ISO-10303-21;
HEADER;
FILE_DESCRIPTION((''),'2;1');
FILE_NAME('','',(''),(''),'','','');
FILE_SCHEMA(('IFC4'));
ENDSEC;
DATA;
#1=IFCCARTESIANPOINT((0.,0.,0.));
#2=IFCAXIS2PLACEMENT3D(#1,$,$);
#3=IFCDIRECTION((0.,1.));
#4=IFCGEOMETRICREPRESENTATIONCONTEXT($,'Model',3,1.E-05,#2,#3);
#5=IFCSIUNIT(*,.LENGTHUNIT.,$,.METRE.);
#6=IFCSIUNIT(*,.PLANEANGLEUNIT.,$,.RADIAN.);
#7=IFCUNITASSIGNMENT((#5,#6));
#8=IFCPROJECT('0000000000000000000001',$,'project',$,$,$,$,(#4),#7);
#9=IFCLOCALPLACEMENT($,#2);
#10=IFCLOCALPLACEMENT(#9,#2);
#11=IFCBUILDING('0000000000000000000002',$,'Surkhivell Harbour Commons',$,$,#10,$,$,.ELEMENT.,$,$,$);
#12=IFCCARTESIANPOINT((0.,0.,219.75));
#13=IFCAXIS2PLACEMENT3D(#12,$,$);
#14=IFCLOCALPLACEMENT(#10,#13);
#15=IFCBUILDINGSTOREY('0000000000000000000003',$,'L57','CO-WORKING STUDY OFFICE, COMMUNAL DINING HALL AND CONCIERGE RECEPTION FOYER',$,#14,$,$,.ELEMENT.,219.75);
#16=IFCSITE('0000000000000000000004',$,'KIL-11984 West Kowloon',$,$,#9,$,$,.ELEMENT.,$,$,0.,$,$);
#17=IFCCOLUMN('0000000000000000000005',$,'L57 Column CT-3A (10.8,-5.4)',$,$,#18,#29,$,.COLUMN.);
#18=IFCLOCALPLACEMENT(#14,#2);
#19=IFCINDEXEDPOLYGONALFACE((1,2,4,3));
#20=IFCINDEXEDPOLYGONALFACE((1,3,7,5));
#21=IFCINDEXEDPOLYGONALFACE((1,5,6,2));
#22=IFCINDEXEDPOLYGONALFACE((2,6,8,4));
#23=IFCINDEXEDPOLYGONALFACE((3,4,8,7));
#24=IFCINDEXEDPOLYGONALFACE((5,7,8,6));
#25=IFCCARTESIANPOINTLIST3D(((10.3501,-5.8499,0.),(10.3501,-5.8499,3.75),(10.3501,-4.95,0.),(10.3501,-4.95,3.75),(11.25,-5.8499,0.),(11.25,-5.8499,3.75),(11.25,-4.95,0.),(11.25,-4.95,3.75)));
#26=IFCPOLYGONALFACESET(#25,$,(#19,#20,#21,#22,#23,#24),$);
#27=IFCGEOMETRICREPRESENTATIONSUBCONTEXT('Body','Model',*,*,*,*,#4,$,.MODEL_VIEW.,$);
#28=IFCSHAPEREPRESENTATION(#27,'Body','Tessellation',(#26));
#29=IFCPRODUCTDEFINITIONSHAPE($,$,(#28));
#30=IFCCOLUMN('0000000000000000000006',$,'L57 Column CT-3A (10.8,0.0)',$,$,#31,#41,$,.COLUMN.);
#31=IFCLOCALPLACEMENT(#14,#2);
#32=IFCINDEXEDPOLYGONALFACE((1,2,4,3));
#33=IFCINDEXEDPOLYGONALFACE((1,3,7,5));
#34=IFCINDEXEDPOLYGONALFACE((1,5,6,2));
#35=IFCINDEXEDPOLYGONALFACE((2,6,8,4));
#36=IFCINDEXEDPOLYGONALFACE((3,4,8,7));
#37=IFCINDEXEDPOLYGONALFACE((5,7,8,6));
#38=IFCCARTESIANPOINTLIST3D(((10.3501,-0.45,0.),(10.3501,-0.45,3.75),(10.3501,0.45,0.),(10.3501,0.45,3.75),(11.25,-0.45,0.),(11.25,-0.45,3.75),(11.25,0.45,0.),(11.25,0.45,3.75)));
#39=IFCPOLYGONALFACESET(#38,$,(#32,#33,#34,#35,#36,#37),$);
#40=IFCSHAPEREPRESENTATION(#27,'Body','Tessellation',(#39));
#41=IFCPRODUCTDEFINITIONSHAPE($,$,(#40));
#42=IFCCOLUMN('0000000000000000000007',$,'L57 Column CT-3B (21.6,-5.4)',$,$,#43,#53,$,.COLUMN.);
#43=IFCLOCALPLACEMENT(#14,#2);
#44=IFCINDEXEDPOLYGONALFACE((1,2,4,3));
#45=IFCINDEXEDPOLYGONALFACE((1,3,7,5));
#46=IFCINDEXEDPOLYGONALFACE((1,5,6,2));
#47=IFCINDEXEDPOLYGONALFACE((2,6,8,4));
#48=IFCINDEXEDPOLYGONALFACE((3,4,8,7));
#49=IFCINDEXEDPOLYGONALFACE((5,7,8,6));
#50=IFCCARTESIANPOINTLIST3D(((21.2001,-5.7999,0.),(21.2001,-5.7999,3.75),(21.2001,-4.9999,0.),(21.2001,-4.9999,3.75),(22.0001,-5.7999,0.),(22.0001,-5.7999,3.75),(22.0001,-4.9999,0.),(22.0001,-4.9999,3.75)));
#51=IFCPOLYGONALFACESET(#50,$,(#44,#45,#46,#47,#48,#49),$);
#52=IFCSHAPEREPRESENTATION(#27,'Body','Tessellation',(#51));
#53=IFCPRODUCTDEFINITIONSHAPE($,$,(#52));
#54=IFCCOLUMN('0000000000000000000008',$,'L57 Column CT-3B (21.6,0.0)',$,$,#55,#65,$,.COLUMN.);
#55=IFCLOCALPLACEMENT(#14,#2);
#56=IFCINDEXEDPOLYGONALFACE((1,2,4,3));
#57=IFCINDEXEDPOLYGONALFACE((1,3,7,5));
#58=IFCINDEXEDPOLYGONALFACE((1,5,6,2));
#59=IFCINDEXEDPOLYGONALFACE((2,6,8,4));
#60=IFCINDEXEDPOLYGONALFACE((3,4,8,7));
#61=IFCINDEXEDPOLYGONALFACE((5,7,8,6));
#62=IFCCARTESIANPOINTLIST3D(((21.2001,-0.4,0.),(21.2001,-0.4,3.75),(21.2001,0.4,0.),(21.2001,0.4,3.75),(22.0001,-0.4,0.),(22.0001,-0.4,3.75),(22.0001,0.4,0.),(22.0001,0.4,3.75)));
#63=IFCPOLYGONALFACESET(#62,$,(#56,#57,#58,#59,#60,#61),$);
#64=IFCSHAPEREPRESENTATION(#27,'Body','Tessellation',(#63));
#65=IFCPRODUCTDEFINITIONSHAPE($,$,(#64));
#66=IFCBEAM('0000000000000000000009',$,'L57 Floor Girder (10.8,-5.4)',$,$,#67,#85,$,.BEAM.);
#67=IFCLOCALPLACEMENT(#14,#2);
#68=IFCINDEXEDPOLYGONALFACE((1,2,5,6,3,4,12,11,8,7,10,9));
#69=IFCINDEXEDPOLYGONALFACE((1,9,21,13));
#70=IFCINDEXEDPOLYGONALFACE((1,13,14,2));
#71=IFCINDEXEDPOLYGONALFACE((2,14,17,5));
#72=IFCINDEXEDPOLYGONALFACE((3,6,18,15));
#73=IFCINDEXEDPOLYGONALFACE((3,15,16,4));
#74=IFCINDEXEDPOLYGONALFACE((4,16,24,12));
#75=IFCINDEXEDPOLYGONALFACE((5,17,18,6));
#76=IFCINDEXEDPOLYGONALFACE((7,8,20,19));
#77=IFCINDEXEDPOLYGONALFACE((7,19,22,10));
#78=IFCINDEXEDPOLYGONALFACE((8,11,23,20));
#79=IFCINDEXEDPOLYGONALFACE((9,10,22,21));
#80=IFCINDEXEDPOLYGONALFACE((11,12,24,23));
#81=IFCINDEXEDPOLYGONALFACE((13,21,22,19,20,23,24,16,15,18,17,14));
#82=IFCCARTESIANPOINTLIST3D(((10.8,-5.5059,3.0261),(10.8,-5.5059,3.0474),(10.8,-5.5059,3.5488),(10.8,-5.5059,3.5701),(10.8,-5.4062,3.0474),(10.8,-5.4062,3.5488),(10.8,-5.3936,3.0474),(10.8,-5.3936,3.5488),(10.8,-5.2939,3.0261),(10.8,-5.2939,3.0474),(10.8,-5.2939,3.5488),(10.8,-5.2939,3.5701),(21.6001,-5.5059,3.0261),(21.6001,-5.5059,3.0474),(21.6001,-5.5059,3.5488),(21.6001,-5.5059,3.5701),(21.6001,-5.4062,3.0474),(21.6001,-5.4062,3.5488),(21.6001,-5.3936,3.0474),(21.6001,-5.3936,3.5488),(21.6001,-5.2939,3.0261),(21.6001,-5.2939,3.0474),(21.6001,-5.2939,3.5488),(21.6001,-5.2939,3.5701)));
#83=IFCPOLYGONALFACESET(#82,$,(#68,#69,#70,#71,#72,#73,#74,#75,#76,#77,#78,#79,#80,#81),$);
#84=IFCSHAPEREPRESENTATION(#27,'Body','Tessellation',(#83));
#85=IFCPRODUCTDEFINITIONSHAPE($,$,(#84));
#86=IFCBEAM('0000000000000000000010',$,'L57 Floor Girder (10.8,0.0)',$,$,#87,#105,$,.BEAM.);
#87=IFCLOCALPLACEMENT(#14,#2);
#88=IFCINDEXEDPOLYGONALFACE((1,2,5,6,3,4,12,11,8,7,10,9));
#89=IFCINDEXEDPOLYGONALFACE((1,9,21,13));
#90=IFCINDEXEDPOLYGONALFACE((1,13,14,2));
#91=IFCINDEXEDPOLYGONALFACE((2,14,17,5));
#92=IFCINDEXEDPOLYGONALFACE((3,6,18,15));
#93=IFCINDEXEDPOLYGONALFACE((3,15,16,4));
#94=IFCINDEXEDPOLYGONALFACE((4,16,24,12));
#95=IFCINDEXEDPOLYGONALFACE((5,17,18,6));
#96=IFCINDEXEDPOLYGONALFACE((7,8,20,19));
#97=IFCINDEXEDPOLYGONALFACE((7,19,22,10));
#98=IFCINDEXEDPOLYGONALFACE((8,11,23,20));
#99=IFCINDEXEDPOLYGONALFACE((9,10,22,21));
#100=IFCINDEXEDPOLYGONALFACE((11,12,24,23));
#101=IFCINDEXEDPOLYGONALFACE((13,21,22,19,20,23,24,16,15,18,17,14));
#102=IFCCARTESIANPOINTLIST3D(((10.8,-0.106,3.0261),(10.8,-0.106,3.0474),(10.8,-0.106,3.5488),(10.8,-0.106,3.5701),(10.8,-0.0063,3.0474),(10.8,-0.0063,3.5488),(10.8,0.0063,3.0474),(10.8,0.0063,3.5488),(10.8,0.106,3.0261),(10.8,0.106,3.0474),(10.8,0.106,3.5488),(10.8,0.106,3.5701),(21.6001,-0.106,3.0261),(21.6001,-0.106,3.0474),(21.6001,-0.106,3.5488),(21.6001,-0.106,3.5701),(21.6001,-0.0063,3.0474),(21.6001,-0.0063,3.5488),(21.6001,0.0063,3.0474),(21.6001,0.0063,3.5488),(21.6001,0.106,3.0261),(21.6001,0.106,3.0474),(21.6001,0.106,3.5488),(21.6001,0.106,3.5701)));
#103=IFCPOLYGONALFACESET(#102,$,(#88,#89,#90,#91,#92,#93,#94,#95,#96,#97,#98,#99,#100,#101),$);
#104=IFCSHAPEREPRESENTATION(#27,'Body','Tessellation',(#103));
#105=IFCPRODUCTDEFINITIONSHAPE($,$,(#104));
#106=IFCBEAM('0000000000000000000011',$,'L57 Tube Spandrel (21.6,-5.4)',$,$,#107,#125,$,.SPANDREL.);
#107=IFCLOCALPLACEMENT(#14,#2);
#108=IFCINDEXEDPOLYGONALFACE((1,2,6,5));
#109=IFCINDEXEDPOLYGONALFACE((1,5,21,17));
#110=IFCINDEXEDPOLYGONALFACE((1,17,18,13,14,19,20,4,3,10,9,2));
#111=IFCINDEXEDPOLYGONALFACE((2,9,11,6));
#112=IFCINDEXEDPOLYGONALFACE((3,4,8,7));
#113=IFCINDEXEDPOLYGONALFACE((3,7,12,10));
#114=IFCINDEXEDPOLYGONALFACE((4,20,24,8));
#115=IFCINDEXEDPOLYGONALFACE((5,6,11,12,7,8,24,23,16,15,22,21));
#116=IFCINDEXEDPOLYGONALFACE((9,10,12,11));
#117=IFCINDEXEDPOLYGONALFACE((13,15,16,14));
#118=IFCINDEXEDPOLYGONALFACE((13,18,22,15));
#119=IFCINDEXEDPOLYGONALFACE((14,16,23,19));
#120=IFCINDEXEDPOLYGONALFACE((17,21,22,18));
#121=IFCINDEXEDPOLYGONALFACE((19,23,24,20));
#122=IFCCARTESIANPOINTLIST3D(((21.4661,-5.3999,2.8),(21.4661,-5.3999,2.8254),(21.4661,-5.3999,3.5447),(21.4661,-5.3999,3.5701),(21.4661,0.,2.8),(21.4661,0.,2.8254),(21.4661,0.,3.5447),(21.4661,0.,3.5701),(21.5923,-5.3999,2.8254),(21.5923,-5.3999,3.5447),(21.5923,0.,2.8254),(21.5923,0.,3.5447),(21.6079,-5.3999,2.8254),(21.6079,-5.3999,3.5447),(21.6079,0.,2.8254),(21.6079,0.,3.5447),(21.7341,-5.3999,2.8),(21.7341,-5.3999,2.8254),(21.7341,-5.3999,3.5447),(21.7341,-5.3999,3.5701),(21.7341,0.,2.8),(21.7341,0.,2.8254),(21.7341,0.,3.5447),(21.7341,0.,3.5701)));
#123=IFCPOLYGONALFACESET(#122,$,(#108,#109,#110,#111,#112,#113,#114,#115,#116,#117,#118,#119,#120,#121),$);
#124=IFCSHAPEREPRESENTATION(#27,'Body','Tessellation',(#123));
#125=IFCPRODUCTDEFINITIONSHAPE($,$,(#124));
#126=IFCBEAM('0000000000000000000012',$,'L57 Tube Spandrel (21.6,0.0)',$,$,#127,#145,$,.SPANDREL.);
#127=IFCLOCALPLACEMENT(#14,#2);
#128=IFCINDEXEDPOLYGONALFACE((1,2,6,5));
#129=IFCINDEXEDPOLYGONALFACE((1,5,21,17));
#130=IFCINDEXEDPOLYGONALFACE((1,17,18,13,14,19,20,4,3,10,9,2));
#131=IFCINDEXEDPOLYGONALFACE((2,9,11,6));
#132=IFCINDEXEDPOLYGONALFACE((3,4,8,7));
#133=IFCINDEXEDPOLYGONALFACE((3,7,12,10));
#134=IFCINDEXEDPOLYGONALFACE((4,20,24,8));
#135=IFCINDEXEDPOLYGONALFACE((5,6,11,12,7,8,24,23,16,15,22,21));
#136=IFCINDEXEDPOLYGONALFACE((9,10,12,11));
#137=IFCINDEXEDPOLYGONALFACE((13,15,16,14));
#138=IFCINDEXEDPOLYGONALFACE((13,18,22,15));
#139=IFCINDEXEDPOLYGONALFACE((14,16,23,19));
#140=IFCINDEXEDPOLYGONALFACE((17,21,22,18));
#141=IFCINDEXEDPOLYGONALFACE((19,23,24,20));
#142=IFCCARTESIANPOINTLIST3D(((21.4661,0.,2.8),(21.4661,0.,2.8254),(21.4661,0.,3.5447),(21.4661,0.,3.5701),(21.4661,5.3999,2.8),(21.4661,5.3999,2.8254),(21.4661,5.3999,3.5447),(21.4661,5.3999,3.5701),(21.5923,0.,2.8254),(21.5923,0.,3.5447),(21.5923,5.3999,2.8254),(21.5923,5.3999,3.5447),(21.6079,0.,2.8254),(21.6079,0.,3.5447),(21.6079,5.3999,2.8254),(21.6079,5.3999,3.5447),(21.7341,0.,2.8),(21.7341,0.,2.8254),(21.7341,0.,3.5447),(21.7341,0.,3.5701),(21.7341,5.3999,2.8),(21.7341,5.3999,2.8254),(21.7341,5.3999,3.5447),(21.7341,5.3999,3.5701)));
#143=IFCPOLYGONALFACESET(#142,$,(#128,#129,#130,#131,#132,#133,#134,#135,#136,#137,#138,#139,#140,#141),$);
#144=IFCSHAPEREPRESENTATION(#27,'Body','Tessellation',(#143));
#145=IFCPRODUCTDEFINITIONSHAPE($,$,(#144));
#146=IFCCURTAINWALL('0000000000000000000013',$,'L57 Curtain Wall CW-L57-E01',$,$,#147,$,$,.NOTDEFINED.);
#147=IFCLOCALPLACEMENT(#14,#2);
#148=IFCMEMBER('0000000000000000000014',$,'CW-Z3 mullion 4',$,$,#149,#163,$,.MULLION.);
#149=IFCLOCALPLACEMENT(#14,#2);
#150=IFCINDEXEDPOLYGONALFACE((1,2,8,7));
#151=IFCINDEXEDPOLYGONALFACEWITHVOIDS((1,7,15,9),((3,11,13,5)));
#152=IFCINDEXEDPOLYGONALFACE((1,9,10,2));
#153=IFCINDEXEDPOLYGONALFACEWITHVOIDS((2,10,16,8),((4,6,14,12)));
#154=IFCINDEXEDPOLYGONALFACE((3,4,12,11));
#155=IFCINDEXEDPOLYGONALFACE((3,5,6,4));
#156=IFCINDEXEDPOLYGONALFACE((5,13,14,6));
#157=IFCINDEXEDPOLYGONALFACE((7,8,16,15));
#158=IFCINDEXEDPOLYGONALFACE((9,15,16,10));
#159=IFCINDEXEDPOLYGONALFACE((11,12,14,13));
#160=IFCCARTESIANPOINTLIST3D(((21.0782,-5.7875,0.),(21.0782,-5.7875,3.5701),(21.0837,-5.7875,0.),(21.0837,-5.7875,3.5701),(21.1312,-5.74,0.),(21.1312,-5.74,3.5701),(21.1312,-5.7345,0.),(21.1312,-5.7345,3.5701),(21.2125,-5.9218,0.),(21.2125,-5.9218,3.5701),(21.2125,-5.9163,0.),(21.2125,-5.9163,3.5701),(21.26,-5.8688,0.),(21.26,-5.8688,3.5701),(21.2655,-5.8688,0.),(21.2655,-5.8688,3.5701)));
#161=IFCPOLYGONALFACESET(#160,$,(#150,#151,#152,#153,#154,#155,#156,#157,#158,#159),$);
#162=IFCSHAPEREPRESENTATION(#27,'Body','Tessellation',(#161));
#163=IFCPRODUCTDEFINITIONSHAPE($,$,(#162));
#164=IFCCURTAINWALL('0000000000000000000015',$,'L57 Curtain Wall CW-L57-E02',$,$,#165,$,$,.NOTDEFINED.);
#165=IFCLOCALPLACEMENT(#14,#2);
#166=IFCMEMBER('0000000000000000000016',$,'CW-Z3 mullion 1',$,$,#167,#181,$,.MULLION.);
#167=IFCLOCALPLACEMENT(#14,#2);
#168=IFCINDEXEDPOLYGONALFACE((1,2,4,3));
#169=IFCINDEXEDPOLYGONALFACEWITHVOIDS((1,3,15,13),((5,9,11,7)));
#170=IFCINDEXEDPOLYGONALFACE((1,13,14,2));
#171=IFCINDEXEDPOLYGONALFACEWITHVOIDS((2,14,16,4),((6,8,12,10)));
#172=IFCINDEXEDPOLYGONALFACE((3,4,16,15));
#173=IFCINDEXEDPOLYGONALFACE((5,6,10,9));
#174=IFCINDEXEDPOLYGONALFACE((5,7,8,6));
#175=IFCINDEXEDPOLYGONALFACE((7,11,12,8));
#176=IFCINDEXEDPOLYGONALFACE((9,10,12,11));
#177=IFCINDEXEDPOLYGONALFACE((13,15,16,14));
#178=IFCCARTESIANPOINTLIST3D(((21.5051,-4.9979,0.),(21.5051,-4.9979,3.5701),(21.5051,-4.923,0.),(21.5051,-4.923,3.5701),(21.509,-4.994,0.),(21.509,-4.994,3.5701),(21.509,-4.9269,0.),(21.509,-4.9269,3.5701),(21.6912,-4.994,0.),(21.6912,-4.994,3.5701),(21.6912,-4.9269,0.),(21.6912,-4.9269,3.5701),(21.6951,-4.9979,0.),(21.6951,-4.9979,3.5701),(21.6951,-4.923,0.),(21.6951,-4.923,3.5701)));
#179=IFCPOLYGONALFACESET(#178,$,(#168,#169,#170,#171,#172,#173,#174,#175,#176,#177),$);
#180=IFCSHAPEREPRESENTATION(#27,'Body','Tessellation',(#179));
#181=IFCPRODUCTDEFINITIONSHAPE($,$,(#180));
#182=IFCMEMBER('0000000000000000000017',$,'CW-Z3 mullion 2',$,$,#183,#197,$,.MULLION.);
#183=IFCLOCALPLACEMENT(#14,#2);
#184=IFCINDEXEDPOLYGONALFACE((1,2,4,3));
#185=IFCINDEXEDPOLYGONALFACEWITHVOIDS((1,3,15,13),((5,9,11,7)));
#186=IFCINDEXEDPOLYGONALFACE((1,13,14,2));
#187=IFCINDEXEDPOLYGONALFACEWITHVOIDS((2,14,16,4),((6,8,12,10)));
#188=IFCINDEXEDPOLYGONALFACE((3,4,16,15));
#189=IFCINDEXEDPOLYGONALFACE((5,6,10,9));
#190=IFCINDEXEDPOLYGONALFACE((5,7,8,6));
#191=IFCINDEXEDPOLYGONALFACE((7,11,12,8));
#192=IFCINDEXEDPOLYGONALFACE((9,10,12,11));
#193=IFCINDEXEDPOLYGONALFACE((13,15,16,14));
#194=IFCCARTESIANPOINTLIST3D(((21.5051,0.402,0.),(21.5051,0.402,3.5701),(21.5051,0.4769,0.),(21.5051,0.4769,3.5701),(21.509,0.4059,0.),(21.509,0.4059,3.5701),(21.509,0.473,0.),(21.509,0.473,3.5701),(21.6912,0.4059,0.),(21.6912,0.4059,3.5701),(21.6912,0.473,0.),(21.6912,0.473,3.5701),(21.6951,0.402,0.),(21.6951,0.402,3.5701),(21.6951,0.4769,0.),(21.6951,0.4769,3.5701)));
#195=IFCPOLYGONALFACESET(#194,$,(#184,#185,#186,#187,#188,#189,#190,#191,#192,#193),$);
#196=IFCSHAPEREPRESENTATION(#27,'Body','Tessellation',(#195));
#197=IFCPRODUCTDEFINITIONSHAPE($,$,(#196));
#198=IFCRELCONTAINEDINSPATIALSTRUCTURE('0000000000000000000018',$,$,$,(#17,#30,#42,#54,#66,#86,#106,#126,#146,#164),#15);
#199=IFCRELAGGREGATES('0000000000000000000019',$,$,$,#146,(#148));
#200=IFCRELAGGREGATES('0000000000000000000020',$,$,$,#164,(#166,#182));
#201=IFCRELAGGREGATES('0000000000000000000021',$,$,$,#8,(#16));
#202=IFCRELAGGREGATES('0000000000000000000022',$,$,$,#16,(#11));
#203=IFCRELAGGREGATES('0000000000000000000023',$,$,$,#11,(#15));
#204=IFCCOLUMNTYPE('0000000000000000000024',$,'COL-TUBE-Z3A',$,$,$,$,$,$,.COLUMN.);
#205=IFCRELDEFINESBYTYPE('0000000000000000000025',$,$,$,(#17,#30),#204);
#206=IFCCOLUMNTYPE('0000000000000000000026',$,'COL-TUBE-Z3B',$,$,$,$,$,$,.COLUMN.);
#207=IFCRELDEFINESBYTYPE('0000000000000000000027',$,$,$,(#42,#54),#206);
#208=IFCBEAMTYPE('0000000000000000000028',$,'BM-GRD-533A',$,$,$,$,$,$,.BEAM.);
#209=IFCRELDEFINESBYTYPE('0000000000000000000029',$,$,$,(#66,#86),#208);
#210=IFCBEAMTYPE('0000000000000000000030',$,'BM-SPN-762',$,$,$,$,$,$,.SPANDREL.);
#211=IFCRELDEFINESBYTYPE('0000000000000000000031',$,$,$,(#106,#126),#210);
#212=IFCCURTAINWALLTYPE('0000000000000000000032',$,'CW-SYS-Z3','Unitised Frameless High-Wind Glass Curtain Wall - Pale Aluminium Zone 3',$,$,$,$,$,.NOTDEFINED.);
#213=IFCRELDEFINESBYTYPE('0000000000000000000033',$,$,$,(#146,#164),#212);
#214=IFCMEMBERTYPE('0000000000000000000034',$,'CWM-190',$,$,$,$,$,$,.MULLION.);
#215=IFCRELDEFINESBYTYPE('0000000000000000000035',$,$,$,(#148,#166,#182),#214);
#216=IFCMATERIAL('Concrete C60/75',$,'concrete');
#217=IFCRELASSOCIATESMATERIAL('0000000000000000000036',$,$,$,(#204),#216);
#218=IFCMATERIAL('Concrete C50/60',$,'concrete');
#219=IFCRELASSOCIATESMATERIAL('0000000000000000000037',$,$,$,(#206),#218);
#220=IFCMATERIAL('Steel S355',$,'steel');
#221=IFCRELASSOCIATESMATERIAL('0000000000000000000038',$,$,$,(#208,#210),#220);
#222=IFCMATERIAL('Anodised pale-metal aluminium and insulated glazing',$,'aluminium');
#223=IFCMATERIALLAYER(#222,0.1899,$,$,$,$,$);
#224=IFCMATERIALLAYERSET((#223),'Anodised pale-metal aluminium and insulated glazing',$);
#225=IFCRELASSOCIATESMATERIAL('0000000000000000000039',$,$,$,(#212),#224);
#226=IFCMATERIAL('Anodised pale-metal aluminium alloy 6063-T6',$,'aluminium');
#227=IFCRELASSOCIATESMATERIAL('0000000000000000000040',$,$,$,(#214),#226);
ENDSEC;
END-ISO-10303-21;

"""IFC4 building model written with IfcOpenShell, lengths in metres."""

from ifc_helpers import new_model, si_unit, direction, frame, origin, origin_2d, place, context, subcontext, project, spatial, rectangle, hollow_rectangle, i_section, extrude, material, layer, layer_set, material_profile, profile_set, type_object, element, aggregate, save


model = new_model("IFC4")

# Units and contexts
model_context = context("Model", 3, precision=1e-05, world=origin(), true_north=direction((0.0, 1.0)))
body_context = subcontext(model_context, "Body", "Model", "MODEL_VIEW")
ifc_project = project(units=[si_unit("LENGTHUNIT", "METRE"), si_unit("PLANEANGLEUNIT", "RADIAN")], contexts=[model_context])

# Site, building, storey
site_placement = place(None, origin())
site = spatial("IfcSite", under=ifc_project, at=site_placement, Name="KIL-11984 West Kowloon", CompositionType="ELEMENT", RefElevation=0.0)
building_placement = place(site_placement, origin())
building = spatial("IfcBuilding", under=site, at=building_placement, Name="Surkhivell Harbour Commons", CompositionType="ELEMENT")
storey_placement = place(building_placement, frame((0.0, 0.0, 219.75)))
storey = spatial("IfcBuildingStorey", under=building, at=storey_placement, Name="L57", Description="CO-WORKING STUDY OFFICE, COMMUNAL DINING HALL AND CONCIERGE RECEPTION FOYER", CompositionType="ELEMENT", Elevation=219.75)

# Columns
ifc_material_1 = material(Name="Concrete C60/75", Category="concrete")
ifc_material_profile_1 = material_profile(ifc_material_1, rectangle(XDim=0.8999, YDim=0.8999, at=origin_2d()), Name="RC-COL-900x900")
ifc_profile_set_1 = profile_set([ifc_material_profile_1], Name="Concrete C60/75")
column_type_1 = type_object("IfcColumnType", Name="COL-TUBE-Z3A", PredefinedType="COLUMN", material=ifc_profile_set_1)
for number, where, z_axis, x_axis, name in (
    (1, (10.8, -5.3999, 0.0), (0.0, 0.0, 1.0), (1.0, 0.0, 0.0), "L57 Column CT-3A (10.8,-5.4)"),
    (2, (10.8, 0.0, 0.0), (0.0, 0.0, 1.0), (1.0, 0.0, 0.0), "L57 Column CT-3A (10.8,0.0)"),
):
    element("IfcColumn", number, at=place(storey_placement, frame(where, z_axis=z_axis, x_axis=x_axis)), inside=storey, type_object=column_type_1, Name=name, PredefinedType="COLUMN", context=body_context, shape_type="SweptSolid", body=[
        extrude(rectangle(XDim=0.8999, YDim=0.8999, at=origin_2d()), origin(), (0.0, 0.0, 1.0), 3.75),
    ])
ifc_material_2 = material(Name="Concrete C50/60", Category="concrete")
ifc_material_profile_2 = material_profile(ifc_material_2, rectangle(XDim=0.8, YDim=0.8, at=origin_2d()), Name="RC-COL-800x800")
ifc_profile_set_2 = profile_set([ifc_material_profile_2], Name="Concrete C50/60")
column_type_2 = type_object("IfcColumnType", Name="COL-TUBE-Z3B", PredefinedType="COLUMN", material=ifc_profile_set_2)
for number, where, z_axis, x_axis, name in (
    (3, (21.6001, -5.3999, 0.0), (0.0, 0.0, 1.0), (1.0, 0.0, 0.0), "L57 Column CT-3B (21.6,-5.4)"),
    (4, (21.6001, 0.0, 0.0), (0.0, 0.0, 1.0), (1.0, 0.0, 0.0), "L57 Column CT-3B (21.6,0.0)"),
):
    element("IfcColumn", number, at=place(storey_placement, frame(where, z_axis=z_axis, x_axis=x_axis)), inside=storey, type_object=column_type_2, Name=name, PredefinedType="COLUMN", context=body_context, shape_type="SweptSolid", body=[
        extrude(rectangle(XDim=0.8, YDim=0.8, at=origin_2d()), origin(), (0.0, 0.0, 1.0), 3.75),
    ])

# Beams
ifc_material_3 = material(Name="Steel S355", Category="steel")
ifc_material_profile_3 = material_profile(ifc_material_3, i_section(OverallWidth=0.2119, OverallDepth=0.5439, WebThickness=0.0127, FlangeThickness=0.0212, at=origin_2d()), Name="UB533x210x122")
ifc_profile_set_3 = profile_set([ifc_material_profile_3], Name="Steel S355")
beam_type_1 = type_object("IfcBeamType", Name="BM-GRD-533A", PredefinedType="BEAM", material=ifc_profile_set_3)
for number, where, z_axis, x_axis, name in (
    (5, (10.8, -5.3999, 3.2981), (1.0, 0.0, 0.0), (0.0, 1.0, 0.0), "L57 Floor Girder (10.8,-5.4)"),
    (6, (10.8, 0.0, 3.2981), (1.0, 0.0, 0.0), (0.0, 1.0, 0.0), "L57 Floor Girder (10.8,0.0)"),
):
    element("IfcBeam", number, at=place(storey_placement, frame(where, z_axis=z_axis, x_axis=x_axis)), inside=storey, type_object=beam_type_1, Name=name, PredefinedType="BEAM", context=body_context, shape_type="SweptSolid", body=[
        extrude(i_section(OverallWidth=0.2119, OverallDepth=0.5439, WebThickness=0.0127, FlangeThickness=0.0212, at=origin_2d()), origin(), (0.0, 0.0, 1.0), 10.8),
    ])
ifc_material_profile_4 = material_profile(ifc_material_3, i_section(OverallWidth=0.2681, OverallDepth=0.77, WebThickness=0.0156, FlangeThickness=0.0254, at=origin_2d()), Name="UB762x267x197")
ifc_profile_set_4 = profile_set([ifc_material_profile_4], Name="Steel S355")
beam_type_2 = type_object("IfcBeamType", Name="BM-SPN-762", PredefinedType="SPANDREL", material=ifc_profile_set_4)
for number, where, z_axis, x_axis, name in (
    (7, (21.6001, -5.3999, 3.1851), (0.0, 1.0, 0.0), (-1.0, 0.0, 0.0), "L57 Tube Spandrel (21.6,-5.4)"),
    (8, (21.6001, 0.0, 3.1851), (0.0, 1.0, 0.0), (-1.0, 0.0, 0.0), "L57 Tube Spandrel (21.6,0.0)"),
):
    element("IfcBeam", number, at=place(storey_placement, frame(where, z_axis=z_axis, x_axis=x_axis)), inside=storey, type_object=beam_type_2, Name=name, PredefinedType="SPANDREL", context=body_context, shape_type="SweptSolid", body=[
        extrude(i_section(OverallWidth=0.2681, OverallDepth=0.77, WebThickness=0.0156, FlangeThickness=0.0254, at=origin_2d()), origin(), (0.0, 0.0, 1.0), 5.3999),
    ])

# Curtain wall, member
ifc_material_4 = material(Name="Anodised pale-metal aluminium and insulated glazing", Category="aluminium")
ifc_layer_1 = layer(ifc_material_4, 0.1899)
ifc_layer_set_1 = layer_set([ifc_layer_1], Name="Anodised pale-metal aluminium and insulated glazing")
curtain_wall_type = type_object("IfcCurtainWallType", Name="CW-SYS-Z3", Description="Unitised Frameless High-Wind Glass Curtain Wall - Pale Aluminium Zone 3", PredefinedType="NOTDEFINED", material=ifc_layer_set_1)
curtain_wall_1_placement = place(storey_placement, origin())
curtain_wall_1 = element("IfcCurtainWall", 9, at=curtain_wall_1_placement, inside=storey, type_object=curtain_wall_type, Name="L57 Curtain Wall CW-L57-E01", PredefinedType="NOTDEFINED")
ifc_material_5 = material(Name="Anodised pale-metal aluminium alloy 6063-T6", Category="aluminium")
ifc_material_profile_5 = material_profile(ifc_material_5, hollow_rectangle(XDim=0.075, YDim=0.1899, WallThickness=0.0039, at=origin_2d()), Name="ALU-MULL-75x190")
ifc_profile_set_5 = profile_set([ifc_material_profile_5], Name="Anodised pale-metal aluminium alloy 6063-T6")
member_type_1 = type_object("IfcMemberType", Name="CWM-190", PredefinedType="MULLION", material=ifc_profile_set_5)
member_1_placement = place(storey_placement, frame((21.1719, -5.8281, 0.0), z_axis=(0.0, 0.0, 1.0), x_axis=(0.707107, 0.707107, 0.0)))
member_1 = element("IfcMember", 10, at=member_1_placement, type_object=member_type_1, Name="CW-Z3 mullion 4", PredefinedType="MULLION", context=body_context, shape_type="SweptSolid", body=[
    extrude(hollow_rectangle(XDim=0.075, YDim=0.1899, WallThickness=0.0039, at=origin_2d()), origin(), (0.0, 0.0, 1.0), 3.5701),
])
aggregate(curtain_wall_1, [member_1])

# Curtain wall, members
curtain_wall_2_placement = place(storey_placement, origin())
curtain_wall_2 = element("IfcCurtainWall", 11, at=curtain_wall_2_placement, inside=storey, type_object=curtain_wall_type, Name="L57 Curtain Wall CW-L57-E02", PredefinedType="NOTDEFINED")
member_2_placement = place(storey_placement, frame((21.6001, -4.9604, 0.0), z_axis=(0.0, 0.0, 1.0), x_axis=(0.0, 1.0, 0.0)))
member_2 = element("IfcMember", 12, at=member_2_placement, type_object=member_type_1, Name="CW-Z3 mullion 1", PredefinedType="MULLION", context=body_context, shape_type="SweptSolid", body=[
    extrude(hollow_rectangle(XDim=0.075, YDim=0.1899, WallThickness=0.0039, at=origin_2d()), origin(), (0.0, 0.0, 1.0), 3.5701),
])
member_3_placement = place(storey_placement, frame((21.6001, 0.4395, 0.0), z_axis=(0.0, 0.0, 1.0), x_axis=(0.0, 1.0, 0.0)))
member_3 = element("IfcMember", 13, at=member_3_placement, type_object=member_type_1, Name="CW-Z3 mullion 2", PredefinedType="MULLION", context=body_context, shape_type="SweptSolid", body=[
    extrude(hollow_rectangle(XDim=0.075, YDim=0.1899, WallThickness=0.0039, at=origin_2d()), origin(), (0.0, 0.0, 1.0), 3.5701),
])
aggregate(curtain_wall_2, [member_2, member_3])

save(model, "model.ifc")
